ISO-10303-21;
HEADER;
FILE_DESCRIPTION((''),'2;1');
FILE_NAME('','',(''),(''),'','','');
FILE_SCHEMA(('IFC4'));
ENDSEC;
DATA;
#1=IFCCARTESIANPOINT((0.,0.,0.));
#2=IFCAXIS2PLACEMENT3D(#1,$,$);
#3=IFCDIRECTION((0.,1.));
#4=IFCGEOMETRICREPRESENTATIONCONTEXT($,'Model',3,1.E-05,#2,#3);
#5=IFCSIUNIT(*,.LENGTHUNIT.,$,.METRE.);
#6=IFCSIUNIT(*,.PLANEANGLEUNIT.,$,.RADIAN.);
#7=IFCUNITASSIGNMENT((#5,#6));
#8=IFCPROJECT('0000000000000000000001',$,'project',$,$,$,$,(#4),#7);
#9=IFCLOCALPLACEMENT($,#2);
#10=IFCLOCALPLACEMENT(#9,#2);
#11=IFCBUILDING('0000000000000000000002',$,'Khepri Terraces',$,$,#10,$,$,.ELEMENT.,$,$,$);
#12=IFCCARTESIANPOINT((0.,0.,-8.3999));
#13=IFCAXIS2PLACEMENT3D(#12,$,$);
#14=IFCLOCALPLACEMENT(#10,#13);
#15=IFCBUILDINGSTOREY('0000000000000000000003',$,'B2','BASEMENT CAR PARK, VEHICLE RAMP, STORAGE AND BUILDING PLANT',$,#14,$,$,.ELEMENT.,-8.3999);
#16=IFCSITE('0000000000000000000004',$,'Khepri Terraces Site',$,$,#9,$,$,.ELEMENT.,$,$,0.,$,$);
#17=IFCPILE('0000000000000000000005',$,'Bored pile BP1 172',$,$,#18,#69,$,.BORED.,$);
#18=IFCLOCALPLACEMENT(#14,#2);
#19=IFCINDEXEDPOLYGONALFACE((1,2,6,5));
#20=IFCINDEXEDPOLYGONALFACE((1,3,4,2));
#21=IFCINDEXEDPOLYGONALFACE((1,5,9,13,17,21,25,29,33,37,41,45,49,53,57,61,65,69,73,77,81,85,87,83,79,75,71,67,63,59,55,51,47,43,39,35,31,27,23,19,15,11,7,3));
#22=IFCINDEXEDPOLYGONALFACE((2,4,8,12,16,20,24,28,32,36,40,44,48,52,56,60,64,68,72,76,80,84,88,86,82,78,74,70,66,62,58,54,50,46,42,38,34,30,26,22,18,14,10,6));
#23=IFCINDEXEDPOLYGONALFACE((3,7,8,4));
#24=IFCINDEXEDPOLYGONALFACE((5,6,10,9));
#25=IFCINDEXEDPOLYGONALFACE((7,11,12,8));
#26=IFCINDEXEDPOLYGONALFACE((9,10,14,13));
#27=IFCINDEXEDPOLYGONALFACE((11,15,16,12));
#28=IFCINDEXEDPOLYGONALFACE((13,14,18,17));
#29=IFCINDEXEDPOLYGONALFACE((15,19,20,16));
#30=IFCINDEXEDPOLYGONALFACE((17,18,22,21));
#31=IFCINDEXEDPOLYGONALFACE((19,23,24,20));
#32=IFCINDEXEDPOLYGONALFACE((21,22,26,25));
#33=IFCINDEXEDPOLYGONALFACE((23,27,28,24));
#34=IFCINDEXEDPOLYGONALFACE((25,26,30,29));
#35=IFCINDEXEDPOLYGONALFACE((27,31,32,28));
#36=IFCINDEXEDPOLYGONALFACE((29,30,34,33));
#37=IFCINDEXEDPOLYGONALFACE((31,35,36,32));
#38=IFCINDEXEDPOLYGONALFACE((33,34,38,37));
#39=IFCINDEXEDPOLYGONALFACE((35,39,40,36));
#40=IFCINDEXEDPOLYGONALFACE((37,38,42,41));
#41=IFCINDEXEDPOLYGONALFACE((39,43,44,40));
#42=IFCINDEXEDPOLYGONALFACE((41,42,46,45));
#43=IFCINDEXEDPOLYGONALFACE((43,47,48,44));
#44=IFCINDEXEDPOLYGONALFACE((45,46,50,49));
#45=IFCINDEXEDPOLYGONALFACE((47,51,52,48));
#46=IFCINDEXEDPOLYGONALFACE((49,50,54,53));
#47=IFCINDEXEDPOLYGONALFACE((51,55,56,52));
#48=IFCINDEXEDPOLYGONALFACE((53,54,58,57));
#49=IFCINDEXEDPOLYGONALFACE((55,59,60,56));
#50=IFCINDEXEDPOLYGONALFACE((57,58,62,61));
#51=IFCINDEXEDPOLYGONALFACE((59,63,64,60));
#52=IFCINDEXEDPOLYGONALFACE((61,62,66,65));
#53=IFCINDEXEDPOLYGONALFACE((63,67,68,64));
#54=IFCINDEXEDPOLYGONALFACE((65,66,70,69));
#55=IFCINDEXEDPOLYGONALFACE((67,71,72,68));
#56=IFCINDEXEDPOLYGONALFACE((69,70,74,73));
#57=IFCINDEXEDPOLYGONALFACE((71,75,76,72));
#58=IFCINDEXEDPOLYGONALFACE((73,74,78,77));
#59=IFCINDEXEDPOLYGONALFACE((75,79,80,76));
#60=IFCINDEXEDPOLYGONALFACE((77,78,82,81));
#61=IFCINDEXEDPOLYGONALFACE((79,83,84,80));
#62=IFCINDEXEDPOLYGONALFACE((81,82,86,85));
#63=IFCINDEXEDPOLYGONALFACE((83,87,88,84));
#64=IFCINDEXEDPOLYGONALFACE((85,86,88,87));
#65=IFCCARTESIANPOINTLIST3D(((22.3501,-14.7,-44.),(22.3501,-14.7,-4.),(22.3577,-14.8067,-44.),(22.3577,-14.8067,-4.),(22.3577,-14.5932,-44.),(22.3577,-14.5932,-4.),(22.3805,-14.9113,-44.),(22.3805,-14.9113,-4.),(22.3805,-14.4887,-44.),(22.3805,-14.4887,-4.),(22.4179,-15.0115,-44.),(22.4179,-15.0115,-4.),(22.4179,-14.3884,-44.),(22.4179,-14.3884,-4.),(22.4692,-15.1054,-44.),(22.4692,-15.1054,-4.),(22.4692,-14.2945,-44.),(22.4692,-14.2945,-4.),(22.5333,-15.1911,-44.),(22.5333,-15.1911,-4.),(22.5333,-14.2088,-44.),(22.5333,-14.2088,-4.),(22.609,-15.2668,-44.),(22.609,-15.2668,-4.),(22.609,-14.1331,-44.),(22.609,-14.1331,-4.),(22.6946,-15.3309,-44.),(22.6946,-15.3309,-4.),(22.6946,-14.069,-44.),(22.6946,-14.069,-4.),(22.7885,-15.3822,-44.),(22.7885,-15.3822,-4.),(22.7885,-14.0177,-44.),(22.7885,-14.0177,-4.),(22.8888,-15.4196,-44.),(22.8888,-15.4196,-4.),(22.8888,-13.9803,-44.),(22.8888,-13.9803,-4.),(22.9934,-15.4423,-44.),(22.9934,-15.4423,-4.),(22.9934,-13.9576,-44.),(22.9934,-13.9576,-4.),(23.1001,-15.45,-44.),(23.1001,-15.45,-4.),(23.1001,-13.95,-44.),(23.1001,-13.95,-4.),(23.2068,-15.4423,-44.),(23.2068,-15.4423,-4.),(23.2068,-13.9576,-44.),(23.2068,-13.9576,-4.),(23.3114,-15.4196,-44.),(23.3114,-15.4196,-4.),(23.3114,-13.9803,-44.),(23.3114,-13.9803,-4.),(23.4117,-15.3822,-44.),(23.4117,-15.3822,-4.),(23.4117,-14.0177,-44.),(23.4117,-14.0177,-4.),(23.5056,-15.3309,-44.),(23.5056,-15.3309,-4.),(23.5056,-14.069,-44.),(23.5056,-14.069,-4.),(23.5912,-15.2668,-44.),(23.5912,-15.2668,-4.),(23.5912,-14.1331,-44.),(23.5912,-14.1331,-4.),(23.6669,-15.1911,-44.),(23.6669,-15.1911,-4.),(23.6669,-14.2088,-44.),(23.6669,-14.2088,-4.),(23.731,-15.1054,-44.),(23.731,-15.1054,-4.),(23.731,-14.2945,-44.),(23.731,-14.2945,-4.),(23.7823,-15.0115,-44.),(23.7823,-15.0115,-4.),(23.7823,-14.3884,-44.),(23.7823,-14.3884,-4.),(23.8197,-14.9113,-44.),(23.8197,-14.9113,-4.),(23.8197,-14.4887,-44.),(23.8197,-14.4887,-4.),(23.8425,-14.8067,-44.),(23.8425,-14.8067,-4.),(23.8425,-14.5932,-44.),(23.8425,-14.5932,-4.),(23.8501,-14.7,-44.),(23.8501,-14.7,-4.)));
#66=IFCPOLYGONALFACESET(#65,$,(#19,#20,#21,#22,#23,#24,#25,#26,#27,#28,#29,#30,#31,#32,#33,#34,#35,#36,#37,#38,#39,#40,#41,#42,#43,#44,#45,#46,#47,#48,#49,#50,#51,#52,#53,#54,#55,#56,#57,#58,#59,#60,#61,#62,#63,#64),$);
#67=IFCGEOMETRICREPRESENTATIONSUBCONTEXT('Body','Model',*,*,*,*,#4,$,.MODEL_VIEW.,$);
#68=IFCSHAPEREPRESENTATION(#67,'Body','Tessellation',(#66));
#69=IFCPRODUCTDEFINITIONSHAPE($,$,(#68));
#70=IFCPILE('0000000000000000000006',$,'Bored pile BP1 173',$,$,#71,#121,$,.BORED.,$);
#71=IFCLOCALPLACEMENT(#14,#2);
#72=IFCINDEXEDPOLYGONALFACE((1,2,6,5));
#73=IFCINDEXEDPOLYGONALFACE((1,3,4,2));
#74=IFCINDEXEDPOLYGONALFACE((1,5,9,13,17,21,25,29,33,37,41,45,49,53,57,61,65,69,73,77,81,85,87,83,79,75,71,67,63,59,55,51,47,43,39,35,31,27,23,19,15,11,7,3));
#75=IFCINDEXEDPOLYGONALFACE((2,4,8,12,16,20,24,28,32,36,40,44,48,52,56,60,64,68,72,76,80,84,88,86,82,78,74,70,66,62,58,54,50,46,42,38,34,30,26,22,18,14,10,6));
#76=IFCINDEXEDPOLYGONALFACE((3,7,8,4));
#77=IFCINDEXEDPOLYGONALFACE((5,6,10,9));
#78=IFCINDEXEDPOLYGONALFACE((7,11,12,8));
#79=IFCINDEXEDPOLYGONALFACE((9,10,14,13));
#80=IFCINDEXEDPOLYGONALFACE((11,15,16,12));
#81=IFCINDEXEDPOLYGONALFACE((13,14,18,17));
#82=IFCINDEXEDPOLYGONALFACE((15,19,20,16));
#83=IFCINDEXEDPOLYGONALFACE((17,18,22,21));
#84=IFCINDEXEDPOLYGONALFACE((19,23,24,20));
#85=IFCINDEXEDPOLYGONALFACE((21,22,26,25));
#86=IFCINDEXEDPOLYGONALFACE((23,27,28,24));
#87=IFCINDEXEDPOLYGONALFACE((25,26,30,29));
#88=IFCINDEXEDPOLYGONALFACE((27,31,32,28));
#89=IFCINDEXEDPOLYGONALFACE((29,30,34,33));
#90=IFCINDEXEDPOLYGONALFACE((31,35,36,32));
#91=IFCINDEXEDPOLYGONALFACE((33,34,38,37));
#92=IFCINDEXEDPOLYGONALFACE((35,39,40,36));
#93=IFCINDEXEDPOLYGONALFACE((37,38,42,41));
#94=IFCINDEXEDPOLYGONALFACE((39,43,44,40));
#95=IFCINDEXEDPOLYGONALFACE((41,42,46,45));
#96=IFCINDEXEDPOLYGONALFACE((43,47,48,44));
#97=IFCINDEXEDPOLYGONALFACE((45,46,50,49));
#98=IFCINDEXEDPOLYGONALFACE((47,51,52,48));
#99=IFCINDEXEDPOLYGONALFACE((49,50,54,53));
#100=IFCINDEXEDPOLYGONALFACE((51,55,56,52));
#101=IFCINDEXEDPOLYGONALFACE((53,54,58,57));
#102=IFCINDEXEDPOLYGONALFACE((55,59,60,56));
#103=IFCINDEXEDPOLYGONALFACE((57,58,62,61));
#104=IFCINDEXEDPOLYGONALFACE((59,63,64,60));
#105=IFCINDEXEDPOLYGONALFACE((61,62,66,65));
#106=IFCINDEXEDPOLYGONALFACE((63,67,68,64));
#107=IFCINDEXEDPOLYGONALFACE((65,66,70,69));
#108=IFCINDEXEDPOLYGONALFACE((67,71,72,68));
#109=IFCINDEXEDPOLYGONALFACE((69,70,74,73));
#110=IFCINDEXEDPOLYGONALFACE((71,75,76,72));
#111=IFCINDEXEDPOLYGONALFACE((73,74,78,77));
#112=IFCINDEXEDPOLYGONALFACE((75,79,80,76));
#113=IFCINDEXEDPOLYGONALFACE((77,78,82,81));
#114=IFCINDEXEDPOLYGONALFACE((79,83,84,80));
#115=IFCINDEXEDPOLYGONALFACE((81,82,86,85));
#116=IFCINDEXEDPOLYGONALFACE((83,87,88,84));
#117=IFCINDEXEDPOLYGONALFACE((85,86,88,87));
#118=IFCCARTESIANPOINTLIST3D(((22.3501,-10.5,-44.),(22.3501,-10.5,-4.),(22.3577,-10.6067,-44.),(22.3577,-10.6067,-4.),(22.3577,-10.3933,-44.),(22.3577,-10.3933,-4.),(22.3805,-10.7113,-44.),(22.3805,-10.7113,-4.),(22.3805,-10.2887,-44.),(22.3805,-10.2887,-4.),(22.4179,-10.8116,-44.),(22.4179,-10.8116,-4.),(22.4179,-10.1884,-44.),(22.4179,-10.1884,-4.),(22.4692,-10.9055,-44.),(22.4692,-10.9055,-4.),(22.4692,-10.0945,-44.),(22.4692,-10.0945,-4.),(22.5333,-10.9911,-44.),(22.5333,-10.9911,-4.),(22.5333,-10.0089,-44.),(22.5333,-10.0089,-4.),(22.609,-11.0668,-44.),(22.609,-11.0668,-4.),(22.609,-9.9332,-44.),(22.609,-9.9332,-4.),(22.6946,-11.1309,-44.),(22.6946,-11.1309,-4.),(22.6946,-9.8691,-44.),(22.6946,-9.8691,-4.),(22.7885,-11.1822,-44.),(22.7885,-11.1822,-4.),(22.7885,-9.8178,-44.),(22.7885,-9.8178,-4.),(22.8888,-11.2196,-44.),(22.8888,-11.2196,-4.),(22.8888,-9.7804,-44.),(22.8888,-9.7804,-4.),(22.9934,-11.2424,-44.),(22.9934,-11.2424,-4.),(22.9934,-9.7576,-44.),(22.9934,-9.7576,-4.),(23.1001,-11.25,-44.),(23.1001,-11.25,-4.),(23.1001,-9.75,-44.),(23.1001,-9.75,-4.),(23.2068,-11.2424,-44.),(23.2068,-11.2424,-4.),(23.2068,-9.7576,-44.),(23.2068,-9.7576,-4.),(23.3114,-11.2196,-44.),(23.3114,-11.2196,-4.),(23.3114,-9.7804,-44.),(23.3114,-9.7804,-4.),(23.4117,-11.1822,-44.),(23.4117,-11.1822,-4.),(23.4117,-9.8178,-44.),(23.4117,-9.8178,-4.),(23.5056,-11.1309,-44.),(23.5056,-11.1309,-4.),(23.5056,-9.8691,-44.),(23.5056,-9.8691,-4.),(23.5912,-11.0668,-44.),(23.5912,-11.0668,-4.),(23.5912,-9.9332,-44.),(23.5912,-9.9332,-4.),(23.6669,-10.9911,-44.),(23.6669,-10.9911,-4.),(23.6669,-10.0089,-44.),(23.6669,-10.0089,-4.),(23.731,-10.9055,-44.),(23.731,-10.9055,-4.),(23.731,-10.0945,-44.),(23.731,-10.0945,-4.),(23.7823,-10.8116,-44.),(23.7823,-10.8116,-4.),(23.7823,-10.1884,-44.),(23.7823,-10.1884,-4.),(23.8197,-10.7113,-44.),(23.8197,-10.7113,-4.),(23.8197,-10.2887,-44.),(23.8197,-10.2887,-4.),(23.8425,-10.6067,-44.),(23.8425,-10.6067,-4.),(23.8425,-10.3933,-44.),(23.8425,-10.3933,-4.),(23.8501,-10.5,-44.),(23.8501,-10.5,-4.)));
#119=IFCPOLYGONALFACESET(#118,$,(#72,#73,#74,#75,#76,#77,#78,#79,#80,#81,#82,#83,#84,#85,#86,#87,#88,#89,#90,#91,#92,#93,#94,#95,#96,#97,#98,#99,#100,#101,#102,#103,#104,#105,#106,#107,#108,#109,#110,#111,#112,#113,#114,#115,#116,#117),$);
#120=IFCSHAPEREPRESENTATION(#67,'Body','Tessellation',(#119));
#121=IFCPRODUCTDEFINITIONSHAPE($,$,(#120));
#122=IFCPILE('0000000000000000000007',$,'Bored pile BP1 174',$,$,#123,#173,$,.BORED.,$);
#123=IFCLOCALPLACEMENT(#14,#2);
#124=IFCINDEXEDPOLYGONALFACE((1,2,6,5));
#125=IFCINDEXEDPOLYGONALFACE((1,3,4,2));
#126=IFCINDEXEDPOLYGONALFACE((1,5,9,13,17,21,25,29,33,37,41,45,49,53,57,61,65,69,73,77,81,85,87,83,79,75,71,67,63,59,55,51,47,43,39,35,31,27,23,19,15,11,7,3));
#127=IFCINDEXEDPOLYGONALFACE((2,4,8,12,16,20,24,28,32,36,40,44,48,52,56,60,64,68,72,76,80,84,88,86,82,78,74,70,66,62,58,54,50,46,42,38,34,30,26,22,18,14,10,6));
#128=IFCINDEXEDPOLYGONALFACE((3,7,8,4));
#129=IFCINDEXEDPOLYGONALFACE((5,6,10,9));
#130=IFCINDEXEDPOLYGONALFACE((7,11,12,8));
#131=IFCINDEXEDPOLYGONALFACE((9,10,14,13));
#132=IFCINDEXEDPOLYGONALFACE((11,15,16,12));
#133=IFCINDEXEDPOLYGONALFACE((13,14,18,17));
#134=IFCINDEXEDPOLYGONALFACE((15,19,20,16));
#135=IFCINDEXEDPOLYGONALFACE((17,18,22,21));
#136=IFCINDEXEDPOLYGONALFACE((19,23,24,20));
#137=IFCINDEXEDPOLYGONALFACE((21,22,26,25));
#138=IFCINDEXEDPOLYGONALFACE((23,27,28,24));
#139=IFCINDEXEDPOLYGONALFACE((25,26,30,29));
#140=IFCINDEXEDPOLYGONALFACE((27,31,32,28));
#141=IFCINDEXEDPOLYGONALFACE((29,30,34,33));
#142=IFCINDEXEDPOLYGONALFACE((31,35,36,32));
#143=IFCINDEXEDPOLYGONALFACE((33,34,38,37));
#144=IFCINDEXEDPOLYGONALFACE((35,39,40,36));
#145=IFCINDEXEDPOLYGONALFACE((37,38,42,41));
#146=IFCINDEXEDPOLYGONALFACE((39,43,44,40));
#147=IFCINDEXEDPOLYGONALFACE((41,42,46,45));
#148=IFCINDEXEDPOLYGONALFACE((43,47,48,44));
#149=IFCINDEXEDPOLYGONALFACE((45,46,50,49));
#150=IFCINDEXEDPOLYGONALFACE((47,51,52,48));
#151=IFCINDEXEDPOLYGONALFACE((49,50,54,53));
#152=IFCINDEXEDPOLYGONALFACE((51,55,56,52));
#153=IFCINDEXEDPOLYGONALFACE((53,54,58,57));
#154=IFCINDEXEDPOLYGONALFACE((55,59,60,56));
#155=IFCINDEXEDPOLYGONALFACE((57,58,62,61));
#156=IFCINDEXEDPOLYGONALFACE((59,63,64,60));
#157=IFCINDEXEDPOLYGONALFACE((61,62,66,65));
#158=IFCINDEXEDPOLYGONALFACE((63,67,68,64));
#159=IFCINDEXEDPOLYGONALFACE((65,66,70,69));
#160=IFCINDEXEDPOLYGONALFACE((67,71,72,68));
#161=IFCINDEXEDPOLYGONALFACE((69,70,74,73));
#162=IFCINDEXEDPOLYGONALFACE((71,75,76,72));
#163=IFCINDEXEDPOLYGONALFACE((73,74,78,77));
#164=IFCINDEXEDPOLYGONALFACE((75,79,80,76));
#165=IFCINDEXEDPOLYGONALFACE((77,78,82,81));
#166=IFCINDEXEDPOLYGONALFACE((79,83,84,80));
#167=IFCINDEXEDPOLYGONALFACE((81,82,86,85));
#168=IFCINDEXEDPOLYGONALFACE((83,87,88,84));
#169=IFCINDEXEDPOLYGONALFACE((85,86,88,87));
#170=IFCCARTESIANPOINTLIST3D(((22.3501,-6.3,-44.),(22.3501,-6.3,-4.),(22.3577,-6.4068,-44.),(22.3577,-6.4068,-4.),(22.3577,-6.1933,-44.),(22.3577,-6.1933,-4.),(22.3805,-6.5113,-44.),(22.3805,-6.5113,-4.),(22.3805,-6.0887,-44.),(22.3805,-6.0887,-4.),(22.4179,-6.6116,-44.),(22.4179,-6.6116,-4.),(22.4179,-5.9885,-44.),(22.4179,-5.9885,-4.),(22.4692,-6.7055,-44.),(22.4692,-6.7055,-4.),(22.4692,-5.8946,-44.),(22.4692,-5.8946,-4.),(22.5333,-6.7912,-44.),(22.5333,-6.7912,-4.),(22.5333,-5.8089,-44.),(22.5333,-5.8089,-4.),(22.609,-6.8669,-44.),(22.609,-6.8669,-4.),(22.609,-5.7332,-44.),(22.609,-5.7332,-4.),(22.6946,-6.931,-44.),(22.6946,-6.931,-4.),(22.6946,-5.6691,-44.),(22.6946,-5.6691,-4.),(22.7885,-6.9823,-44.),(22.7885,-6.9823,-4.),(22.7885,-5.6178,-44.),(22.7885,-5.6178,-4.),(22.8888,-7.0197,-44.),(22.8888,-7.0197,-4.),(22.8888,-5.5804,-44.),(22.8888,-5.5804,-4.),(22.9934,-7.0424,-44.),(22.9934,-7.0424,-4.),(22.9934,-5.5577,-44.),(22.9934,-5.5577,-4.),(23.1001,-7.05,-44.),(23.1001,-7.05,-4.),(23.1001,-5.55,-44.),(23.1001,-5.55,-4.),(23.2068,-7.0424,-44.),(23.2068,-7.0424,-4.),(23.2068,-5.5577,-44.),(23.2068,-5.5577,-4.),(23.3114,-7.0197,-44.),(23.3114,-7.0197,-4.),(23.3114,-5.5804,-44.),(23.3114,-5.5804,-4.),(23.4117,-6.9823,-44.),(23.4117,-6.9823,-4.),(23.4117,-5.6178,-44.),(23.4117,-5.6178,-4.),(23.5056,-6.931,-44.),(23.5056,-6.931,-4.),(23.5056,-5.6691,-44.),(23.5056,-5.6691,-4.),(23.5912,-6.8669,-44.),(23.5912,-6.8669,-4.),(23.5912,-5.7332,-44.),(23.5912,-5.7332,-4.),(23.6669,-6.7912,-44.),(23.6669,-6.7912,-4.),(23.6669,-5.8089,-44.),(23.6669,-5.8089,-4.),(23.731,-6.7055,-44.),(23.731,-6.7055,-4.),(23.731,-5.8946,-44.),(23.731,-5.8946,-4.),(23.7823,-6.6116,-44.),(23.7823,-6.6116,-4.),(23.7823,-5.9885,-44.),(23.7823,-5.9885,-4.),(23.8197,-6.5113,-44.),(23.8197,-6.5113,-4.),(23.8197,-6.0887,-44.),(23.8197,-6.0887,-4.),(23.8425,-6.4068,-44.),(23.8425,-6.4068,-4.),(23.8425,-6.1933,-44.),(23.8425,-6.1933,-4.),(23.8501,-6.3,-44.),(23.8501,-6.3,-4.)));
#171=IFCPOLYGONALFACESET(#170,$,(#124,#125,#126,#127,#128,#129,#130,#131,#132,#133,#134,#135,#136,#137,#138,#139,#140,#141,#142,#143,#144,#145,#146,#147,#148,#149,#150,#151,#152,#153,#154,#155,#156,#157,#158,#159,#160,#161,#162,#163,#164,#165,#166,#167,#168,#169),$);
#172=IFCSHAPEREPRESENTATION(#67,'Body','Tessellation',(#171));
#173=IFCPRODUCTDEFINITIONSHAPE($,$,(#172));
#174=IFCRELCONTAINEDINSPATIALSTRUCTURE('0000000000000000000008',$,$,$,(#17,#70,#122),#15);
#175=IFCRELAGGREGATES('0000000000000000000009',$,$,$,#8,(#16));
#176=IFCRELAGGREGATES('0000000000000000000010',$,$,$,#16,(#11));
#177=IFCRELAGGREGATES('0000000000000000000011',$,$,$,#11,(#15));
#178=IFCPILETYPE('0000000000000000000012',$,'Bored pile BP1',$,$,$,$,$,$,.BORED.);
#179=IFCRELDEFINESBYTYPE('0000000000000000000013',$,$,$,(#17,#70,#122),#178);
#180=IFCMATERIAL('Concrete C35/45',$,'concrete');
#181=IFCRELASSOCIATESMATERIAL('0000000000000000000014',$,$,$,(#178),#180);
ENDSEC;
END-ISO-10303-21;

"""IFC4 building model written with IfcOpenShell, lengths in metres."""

from ifc_helpers import new_model, si_unit, direction, frame, origin, origin_2d, place, context, subcontext, project, spatial, circle, extrude, material, material_profile, profile_set, type_object, element, save


model = new_model("IFC4")

# Units and contexts
model_context = context("Model", 3, precision=1e-05, world=origin(), true_north=direction((0.0, 1.0)))
body_context = subcontext(model_context, "Body", "Model", "MODEL_VIEW")
ifc_project = project(units=[si_unit("LENGTHUNIT", "METRE"), si_unit("PLANEANGLEUNIT", "RADIAN")], contexts=[model_context])

# Site, building, storey
site_placement = place(None, origin())
site = spatial("IfcSite", under=ifc_project, at=site_placement, Name="Khepri Terraces Site", CompositionType="ELEMENT", RefElevation=0.0)
building_placement = place(site_placement, origin())
building = spatial("IfcBuilding", under=site, at=building_placement, Name="Khepri Terraces", CompositionType="ELEMENT")
storey_placement = place(building_placement, frame((0.0, 0.0, -8.3999)))
storey = spatial("IfcBuildingStorey", under=building, at=storey_placement, Name="B2", Description="BASEMENT CAR PARK, VEHICLE RAMP, STORAGE AND BUILDING PLANT", CompositionType="ELEMENT", Elevation=-8.3999)

# Piles
ifc_material_1 = material(Name="Concrete C35/45", Category="concrete")
ifc_material_profile_1 = material_profile(ifc_material_1, circle(Radius=0.75, at=origin_2d()), Name="Concrete C35/45", Category="concrete")
ifc_profile_set_1 = profile_set([ifc_material_profile_1], Name="Concrete C35/45")
pile_type = type_object("IfcPileType", Name="Bored pile BP1", PredefinedType="BORED", material=ifc_profile_set_1)
for number, where, z_axis, x_axis, name in (
    (1, (23.1001, -14.7, -4.0), (0.0, 0.0, -1.0), (1.0, 0.0, 0.0), "Bored pile BP1 172"),
    (2, (23.1001, -10.5, -4.0), (0.0, 0.0, -1.0), (1.0, 0.0, 0.0), "Bored pile BP1 173"),
    (3, (23.1001, -6.3, -4.0), (0.0, 0.0, -1.0), (1.0, 0.0, 0.0), "Bored pile BP1 174"),
):
    element("IfcPile", number, at=place(storey_placement, frame(where, z_axis=z_axis, x_axis=x_axis)), inside=storey, type_object=pile_type, Name=name, PredefinedType="BORED", context=body_context, shape_type="SweptSolid", body=[
        extrude(circle(Radius=0.75, at=origin_2d()), origin(), (0.0, 0.0, 1.0), 40.0),
    ])

save(model, "model.ifc")
